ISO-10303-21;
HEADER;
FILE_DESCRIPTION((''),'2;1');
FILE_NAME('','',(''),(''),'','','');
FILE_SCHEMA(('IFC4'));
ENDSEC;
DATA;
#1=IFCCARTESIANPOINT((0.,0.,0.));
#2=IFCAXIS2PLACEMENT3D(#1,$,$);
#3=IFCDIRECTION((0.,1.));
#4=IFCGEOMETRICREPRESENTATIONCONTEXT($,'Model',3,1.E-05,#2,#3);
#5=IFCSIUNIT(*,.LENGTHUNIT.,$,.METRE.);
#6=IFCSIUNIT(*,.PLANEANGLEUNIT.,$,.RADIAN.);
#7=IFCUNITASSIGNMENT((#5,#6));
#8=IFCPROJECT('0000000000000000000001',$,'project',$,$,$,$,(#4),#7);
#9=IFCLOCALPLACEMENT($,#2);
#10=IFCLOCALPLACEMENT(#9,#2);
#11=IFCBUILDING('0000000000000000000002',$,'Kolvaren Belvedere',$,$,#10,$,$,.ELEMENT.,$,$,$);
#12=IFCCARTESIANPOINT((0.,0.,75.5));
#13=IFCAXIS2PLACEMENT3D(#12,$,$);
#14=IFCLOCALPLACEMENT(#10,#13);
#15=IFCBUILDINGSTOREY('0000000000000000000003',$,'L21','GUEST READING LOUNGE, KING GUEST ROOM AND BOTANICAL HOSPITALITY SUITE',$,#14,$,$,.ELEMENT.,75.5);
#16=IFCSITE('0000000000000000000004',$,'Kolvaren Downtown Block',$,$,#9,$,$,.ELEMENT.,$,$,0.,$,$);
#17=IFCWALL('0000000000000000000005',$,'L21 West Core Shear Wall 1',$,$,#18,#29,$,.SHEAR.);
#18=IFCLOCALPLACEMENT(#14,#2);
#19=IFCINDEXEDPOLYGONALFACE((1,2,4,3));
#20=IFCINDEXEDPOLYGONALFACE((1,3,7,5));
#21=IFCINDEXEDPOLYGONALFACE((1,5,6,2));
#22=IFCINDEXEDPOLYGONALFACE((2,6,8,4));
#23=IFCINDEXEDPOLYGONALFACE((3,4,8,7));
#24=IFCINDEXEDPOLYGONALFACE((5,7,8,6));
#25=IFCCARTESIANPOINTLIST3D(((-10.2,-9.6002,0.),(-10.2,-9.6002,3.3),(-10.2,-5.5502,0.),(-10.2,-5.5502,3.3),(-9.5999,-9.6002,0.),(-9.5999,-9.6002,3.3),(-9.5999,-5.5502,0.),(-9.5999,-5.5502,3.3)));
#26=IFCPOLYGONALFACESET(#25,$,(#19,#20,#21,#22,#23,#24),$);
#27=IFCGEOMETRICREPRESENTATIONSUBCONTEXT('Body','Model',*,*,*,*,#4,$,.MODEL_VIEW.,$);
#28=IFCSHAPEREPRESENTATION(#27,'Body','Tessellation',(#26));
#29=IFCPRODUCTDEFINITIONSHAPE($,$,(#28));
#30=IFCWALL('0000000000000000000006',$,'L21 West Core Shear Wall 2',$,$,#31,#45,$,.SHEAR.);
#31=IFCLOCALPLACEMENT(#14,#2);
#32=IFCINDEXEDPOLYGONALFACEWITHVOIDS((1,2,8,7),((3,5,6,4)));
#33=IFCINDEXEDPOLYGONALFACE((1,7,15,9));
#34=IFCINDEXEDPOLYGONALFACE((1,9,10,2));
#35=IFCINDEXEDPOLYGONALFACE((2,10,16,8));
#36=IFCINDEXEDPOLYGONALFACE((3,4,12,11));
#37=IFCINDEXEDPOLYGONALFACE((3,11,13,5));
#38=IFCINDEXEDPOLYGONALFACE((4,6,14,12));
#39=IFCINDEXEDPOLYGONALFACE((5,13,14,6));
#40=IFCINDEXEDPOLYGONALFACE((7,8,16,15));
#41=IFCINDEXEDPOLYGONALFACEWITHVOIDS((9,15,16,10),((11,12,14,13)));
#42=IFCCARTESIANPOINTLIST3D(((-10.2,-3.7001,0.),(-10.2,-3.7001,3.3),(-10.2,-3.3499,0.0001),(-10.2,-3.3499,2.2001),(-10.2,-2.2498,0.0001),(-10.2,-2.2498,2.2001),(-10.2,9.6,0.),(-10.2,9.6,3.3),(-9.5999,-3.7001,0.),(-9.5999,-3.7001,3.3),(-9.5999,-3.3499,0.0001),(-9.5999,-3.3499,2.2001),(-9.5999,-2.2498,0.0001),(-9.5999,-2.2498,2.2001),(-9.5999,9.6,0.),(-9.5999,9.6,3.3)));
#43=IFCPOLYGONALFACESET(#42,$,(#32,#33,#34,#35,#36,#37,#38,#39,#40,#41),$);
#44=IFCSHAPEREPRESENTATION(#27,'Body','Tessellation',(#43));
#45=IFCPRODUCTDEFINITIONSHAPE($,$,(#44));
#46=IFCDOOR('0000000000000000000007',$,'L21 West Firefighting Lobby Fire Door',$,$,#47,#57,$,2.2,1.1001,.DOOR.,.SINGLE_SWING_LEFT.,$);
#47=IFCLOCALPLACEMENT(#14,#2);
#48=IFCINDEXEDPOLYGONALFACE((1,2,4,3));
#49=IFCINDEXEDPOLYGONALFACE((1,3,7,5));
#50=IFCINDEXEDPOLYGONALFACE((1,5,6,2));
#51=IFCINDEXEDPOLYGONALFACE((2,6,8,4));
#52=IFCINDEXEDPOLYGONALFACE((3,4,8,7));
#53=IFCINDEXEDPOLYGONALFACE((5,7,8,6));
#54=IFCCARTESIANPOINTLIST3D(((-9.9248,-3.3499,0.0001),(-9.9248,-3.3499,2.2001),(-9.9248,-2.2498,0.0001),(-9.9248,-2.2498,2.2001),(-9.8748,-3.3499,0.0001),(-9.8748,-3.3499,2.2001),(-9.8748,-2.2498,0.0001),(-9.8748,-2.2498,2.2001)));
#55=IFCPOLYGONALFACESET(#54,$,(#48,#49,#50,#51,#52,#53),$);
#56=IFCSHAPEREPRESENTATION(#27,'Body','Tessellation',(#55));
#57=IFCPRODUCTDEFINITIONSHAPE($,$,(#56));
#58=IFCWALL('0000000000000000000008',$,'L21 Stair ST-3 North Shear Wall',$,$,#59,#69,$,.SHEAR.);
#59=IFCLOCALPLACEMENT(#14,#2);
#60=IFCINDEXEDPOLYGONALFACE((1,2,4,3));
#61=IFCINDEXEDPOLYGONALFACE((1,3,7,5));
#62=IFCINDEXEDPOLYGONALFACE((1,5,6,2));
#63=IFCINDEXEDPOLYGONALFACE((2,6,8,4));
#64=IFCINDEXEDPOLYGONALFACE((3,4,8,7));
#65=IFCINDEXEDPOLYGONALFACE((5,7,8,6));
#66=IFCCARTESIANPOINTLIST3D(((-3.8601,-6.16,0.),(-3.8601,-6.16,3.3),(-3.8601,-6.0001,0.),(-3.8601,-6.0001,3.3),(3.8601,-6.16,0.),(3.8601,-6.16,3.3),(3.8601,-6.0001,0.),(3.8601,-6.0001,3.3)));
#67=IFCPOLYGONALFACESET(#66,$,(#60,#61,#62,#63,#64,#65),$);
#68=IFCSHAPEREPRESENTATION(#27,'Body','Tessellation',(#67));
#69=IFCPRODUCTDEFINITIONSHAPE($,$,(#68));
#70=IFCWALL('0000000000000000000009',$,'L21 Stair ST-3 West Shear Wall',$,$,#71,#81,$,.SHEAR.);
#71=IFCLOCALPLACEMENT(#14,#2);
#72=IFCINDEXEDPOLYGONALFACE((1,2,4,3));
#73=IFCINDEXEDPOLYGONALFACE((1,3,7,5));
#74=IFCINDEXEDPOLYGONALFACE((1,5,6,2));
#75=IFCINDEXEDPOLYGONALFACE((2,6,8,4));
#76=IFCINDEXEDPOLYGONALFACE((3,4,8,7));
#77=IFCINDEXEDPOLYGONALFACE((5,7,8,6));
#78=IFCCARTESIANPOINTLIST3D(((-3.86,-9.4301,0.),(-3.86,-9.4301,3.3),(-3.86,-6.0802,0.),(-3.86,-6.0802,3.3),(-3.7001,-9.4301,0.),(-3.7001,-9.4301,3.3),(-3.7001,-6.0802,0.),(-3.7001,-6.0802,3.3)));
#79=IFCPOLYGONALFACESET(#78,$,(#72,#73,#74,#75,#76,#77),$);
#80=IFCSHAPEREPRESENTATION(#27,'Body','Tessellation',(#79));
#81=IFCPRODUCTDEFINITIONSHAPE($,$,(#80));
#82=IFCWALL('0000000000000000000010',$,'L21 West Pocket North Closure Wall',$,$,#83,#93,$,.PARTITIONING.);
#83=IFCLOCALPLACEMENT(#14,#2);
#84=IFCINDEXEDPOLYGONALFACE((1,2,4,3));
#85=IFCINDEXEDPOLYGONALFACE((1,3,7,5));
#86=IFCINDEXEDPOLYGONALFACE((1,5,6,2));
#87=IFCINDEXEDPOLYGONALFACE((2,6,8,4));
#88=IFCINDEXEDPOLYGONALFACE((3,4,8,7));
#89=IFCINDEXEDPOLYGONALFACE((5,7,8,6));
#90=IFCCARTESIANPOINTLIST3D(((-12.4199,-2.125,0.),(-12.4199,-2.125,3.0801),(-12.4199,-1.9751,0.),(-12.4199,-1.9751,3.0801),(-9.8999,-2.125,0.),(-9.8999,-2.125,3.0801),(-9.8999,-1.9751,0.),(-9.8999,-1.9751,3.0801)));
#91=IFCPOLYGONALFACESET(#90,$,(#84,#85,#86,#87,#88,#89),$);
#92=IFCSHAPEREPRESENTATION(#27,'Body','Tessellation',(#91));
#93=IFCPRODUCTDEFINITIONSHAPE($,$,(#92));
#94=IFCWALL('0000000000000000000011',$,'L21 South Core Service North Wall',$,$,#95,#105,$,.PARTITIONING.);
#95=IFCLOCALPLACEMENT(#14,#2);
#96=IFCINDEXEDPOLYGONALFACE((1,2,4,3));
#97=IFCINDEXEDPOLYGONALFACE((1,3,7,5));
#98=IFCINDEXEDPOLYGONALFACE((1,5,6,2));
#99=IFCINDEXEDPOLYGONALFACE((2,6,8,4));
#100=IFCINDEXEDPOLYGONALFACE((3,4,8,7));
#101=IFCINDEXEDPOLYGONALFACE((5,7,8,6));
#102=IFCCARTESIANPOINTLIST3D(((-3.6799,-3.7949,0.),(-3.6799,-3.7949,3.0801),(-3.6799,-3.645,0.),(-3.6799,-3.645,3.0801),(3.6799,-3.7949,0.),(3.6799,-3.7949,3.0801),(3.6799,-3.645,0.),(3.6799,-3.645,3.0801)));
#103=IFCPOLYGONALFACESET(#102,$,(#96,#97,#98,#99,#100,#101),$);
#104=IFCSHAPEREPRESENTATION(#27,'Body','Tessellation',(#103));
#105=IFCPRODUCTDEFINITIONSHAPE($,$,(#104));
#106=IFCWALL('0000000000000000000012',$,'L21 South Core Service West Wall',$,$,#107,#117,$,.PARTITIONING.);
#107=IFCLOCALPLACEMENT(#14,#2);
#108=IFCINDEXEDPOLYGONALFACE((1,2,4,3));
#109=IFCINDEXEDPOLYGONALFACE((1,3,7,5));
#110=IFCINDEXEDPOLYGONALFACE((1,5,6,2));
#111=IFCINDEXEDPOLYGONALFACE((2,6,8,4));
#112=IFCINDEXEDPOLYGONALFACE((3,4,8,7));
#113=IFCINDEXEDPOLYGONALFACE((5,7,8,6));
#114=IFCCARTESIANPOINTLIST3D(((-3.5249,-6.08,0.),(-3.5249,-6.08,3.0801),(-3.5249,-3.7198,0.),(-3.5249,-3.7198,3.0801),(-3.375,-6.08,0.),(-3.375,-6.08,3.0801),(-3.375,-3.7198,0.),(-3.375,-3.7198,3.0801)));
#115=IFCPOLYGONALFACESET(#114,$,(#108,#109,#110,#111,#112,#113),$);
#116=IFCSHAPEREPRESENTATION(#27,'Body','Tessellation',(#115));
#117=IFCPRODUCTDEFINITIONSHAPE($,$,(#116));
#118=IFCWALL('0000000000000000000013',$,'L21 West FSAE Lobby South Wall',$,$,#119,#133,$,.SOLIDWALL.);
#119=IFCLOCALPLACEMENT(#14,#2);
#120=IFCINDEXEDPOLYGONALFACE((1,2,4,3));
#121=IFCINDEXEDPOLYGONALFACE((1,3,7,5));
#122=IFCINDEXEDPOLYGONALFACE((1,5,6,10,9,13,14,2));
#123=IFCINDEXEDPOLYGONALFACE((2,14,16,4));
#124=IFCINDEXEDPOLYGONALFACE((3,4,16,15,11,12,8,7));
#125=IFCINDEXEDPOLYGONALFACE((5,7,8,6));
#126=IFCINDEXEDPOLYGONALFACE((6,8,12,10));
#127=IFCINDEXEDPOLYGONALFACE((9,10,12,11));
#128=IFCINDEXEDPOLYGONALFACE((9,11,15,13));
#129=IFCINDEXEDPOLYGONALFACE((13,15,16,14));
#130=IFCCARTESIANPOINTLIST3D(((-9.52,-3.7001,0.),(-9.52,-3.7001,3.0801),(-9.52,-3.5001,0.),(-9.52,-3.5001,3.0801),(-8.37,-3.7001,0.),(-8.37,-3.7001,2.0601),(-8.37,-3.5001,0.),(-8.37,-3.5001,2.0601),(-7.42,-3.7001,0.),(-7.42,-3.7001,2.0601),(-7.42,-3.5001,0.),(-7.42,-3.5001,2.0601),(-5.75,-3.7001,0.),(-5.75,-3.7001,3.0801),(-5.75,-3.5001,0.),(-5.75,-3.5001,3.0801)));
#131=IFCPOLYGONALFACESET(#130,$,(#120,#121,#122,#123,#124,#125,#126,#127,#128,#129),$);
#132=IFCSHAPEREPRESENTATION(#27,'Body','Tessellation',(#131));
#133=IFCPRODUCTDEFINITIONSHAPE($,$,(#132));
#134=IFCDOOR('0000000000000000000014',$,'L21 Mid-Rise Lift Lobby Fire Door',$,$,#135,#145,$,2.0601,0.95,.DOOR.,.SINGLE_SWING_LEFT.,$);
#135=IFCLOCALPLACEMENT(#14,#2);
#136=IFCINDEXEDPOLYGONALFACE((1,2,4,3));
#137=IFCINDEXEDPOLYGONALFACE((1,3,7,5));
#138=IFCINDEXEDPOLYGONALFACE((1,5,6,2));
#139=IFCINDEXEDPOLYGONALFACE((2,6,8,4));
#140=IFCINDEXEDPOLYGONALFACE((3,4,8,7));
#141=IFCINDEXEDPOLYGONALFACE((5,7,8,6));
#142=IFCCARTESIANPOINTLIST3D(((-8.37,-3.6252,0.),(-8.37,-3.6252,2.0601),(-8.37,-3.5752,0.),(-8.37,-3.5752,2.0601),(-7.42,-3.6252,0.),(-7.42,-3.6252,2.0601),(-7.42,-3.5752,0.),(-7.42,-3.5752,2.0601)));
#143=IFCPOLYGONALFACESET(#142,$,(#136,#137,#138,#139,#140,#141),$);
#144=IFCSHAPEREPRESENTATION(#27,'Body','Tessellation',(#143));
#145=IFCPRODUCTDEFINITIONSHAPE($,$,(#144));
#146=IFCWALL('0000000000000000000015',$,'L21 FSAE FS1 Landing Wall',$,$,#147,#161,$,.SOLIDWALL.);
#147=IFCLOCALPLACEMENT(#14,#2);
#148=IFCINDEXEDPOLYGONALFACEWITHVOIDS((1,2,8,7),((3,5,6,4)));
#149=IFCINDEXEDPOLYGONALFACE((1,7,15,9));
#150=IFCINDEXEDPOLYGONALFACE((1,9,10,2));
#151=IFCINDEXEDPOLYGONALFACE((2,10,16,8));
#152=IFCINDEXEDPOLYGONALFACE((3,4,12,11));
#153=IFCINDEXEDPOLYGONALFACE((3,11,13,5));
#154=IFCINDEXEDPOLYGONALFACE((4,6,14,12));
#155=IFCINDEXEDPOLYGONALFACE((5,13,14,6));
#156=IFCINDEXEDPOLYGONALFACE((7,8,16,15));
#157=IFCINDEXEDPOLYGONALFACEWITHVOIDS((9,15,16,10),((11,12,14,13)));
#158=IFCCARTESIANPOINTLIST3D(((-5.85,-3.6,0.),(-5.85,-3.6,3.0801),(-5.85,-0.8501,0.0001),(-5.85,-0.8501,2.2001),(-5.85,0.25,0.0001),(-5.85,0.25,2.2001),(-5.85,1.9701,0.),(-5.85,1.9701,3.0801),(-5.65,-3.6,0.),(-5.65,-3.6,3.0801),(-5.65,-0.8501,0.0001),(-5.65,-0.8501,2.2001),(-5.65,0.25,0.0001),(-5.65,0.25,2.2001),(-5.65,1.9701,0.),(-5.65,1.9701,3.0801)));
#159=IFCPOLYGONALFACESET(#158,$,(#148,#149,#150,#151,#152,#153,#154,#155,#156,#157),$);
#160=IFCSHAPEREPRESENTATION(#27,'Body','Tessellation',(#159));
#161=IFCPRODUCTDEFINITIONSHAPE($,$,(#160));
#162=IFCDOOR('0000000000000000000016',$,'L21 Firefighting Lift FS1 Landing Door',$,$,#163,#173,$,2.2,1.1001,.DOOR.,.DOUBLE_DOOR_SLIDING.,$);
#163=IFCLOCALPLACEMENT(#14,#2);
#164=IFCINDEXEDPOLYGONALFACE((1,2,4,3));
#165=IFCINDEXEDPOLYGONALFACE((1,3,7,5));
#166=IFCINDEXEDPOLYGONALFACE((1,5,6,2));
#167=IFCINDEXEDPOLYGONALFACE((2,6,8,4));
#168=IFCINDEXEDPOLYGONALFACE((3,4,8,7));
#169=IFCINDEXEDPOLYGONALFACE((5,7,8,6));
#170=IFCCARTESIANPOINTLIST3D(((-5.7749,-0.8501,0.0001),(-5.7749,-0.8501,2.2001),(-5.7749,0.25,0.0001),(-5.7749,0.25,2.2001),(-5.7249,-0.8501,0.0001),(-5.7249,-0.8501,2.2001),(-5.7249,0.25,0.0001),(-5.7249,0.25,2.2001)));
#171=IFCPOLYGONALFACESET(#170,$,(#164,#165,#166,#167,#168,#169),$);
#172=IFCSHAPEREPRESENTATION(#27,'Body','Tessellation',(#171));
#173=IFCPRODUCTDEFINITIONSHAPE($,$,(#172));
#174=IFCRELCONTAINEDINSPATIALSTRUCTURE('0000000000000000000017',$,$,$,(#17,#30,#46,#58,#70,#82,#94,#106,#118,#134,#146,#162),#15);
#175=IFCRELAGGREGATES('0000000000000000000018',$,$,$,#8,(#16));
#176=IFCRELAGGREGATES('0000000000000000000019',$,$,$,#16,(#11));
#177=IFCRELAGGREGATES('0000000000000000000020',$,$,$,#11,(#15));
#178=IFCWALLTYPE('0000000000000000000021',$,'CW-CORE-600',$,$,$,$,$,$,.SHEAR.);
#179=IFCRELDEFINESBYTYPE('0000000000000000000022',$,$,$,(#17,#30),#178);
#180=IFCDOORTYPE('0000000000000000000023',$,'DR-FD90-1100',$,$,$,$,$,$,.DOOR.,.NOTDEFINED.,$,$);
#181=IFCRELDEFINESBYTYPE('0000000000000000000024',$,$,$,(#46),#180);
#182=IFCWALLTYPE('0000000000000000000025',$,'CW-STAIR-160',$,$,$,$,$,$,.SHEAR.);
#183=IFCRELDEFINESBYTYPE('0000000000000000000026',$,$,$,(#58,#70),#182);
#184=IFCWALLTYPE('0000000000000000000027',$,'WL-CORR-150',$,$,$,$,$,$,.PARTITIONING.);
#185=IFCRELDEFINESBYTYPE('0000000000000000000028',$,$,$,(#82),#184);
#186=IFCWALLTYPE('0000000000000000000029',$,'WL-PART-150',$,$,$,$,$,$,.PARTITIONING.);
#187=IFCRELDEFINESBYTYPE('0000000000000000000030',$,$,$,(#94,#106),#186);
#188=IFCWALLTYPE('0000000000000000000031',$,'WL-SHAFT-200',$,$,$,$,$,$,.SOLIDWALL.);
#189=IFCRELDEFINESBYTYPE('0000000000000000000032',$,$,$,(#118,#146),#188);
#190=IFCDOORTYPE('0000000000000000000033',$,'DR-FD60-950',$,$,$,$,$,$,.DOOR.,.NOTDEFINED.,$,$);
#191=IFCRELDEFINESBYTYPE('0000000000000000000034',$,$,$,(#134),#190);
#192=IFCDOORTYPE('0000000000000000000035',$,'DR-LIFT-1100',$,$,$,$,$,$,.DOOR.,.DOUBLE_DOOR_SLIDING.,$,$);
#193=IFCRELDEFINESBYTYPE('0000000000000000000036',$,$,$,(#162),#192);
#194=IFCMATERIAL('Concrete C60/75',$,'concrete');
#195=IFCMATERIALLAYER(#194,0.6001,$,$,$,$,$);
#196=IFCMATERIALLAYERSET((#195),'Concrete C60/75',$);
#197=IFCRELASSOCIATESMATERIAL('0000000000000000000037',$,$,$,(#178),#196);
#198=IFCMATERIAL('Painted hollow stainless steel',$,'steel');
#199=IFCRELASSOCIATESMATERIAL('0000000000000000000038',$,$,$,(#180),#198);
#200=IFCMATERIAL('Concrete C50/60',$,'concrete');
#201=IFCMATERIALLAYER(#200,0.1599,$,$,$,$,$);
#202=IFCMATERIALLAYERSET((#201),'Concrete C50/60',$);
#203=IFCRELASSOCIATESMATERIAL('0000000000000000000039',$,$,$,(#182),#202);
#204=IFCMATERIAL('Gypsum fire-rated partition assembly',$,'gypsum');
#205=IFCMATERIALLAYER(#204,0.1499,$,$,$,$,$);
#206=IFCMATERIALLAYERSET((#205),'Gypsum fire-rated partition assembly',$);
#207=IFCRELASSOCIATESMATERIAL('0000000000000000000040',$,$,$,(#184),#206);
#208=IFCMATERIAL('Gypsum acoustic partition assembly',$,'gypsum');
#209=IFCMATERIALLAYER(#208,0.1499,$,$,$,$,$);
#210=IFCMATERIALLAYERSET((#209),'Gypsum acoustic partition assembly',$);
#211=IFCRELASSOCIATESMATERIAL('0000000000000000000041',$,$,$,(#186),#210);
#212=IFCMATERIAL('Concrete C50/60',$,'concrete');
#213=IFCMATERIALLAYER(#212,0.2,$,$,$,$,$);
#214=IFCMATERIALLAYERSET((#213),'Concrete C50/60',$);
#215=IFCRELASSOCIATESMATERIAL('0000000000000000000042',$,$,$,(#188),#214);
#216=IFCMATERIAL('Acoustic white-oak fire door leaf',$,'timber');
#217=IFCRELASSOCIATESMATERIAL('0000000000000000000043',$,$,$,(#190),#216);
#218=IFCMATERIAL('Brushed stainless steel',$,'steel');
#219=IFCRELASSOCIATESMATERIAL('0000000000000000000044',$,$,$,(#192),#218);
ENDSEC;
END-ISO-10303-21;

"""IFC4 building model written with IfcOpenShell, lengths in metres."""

from ifc_helpers import new_model, si_unit, direction, frame, frame_2d, origin, place, context, subcontext, project, spatial, rectangle, extrude, material, layer, layer_set, type_object, element, fill, save


model = new_model("IFC4")

# Units and contexts
model_context = context("Model", 3, precision=1e-05, world=origin(), true_north=direction((0.0, 1.0)))
body_context = subcontext(model_context, "Body", "Model", "MODEL_VIEW")
ifc_project = project(units=[si_unit("LENGTHUNIT", "METRE"), si_unit("PLANEANGLEUNIT", "RADIAN")], contexts=[model_context])

# Site, building, storey
site_placement = place(None, origin())
site = spatial("IfcSite", under=ifc_project, at=site_placement, Name="Kolvaren Downtown Block", CompositionType="ELEMENT", RefElevation=0.0)
building_placement = place(site_placement, origin())
building = spatial("IfcBuilding", under=site, at=building_placement, Name="Kolvaren Belvedere", CompositionType="ELEMENT")
storey_placement = place(building_placement, frame((0.0, 0.0, 75.5)))
storey = spatial("IfcBuildingStorey", under=building, at=storey_placement, Name="L21", Description="GUEST READING LOUNGE, KING GUEST ROOM AND BOTANICAL HOSPITALITY SUITE", CompositionType="ELEMENT", Elevation=75.5)

# Wall
ifc_material_1 = material(Name="Concrete C60/75", Category="concrete")
ifc_layer_1 = layer(ifc_material_1, 0.6001)
ifc_layer_set_1 = layer_set([ifc_layer_1], Name="Concrete C60/75")
wall_type_1 = type_object("IfcWallType", Name="CW-CORE-600", PredefinedType="SHEAR", material=ifc_layer_set_1)
wall_1_placement = place(storey_placement, frame((-9.8999, -9.6001, 0.0), z_axis=(0.0, 0.0, 1.0), x_axis=(0.0, 1.0, 0.0)))
element("IfcWall", 1, at=wall_1_placement, inside=storey, type_object=wall_type_1, Name="L21 West Core Shear Wall 1", PredefinedType="SHEAR", context=body_context, shape_type="SweptSolid", body=[
    extrude(rectangle(XDim=4.05, YDim=0.6001, at=frame_2d((2.0249, 0.0))), origin(), (0.0, 0.0, 1.0), 3.3),
])

# Wall, opening, door
wall_2_placement = place(storey_placement, frame((-9.8999, -3.7, 0.0), z_axis=(0.0, 0.0, 1.0), x_axis=(0.0, 1.0, 0.0)))
wall_2 = element("IfcWall", 2, at=wall_2_placement, inside=storey, type_object=wall_type_1, Name="L21 West Core Shear Wall 2", PredefinedType="SHEAR", context=body_context, shape_type="SweptSolid", body=[
    extrude(rectangle(XDim=13.3, YDim=0.6001, at=frame_2d((6.6499, 0.0))), origin(), (0.0, 0.0, 1.0), 3.3),
])
opening_1_placement = place(wall_2_placement, frame((0.3501, 0.0, 0.0)))
opening_1 = element("IfcOpeningElement", 3, at=opening_1_placement, cuts=wall_2, PredefinedType="OPENING", context=body_context, shape_type="SweptSolid", body=[
    extrude(rectangle(XDim=1.1001, YDim=2.2, at=frame_2d((0.55, 1.1001))), frame((0.0, 0.3101, 0.0), z_axis=(0.0, -1.0, 0.0), x_axis=(1.0, 0.0, 0.0)), (0.0, 0.0, 1.0), 0.6201),
])
ifc_material_2 = material(Name="Painted hollow stainless steel", Category="steel")
door_type_1 = type_object("IfcDoorType", Name="DR-FD90-1100", OperationType="NOTDEFINED", PredefinedType="DOOR", material=ifc_material_2)
door_1_placement = place(opening_1_placement, origin())
door_1 = element("IfcDoor", 4, at=door_1_placement, inside=storey, type_object=door_type_1, Name="L21 West Firefighting Lobby Fire Door", OperationType="SINGLE_SWING_LEFT", OverallHeight=2.2, OverallWidth=1.1001, PredefinedType="DOOR", context=body_context, shape_type="SweptSolid", body=[
    extrude(rectangle(XDim=1.1001, YDim=2.2, at=frame_2d((0.55, 1.1001))), frame((0.0, 0.0249, 0.0), z_axis=(0.0, -1.0, 0.0), x_axis=(1.0, 0.0, 0.0)), (0.0, 0.0, 1.0), 0.05),
])
fill(opening_1, door_1)

# Walls
ifc_material_3 = material(Name="Concrete C50/60", Category="concrete")
ifc_layer_2 = layer(ifc_material_3, 0.1599)
ifc_layer_set_2 = layer_set([ifc_layer_2], Name="Concrete C50/60")
wall_type_2 = type_object("IfcWallType", Name="CW-STAIR-160", PredefinedType="SHEAR", material=ifc_layer_set_2)
wall_3_placement = place(storey_placement, frame((-3.8601, -6.0801, 0.0), z_axis=(0.0, 0.0, 1.0), x_axis=(1.0, 0.0, 0.0)))
element("IfcWall", 5, at=wall_3_placement, inside=storey, type_object=wall_type_2, Name="L21 Stair ST-3 North Shear Wall", PredefinedType="SHEAR", context=body_context, shape_type="SweptSolid", body=[
    extrude(rectangle(XDim=7.7202, YDim=0.1599, at=frame_2d((3.8601, 0.0))), origin(), (0.0, 0.0, 1.0), 3.3),
])
wall_4_placement = place(storey_placement, frame((-3.78, -9.4299, 0.0), z_axis=(0.0, 0.0, 1.0), x_axis=(0.0, 1.0, 0.0)))
element("IfcWall", 6, at=wall_4_placement, inside=storey, type_object=wall_type_2, Name="L21 Stair ST-3 West Shear Wall", PredefinedType="SHEAR", context=body_context, shape_type="SweptSolid", body=[
    extrude(rectangle(XDim=3.3499, YDim=0.1599, at=frame_2d((1.6748, 0.0))), origin(), (0.0, 0.0, 1.0), 3.3),
])
ifc_material_4 = material(Name="Gypsum fire-rated partition assembly", Category="gypsum")
ifc_layer_3 = layer(ifc_material_4, 0.1499)
ifc_layer_set_3 = layer_set([ifc_layer_3], Name="Gypsum fire-rated partition assembly")
wall_type_3 = type_object("IfcWallType", Name="WL-CORR-150", PredefinedType="PARTITIONING", material=ifc_layer_set_3)
wall_5_placement = place(storey_placement, frame((-12.4199, -2.05, 0.0), z_axis=(0.0, 0.0, 1.0), x_axis=(1.0, 0.0, 0.0)))
element("IfcWall", 7, at=wall_5_placement, inside=storey, type_object=wall_type_3, Name="L21 West Pocket North Closure Wall", PredefinedType="PARTITIONING", context=body_context, shape_type="SweptSolid", body=[
    extrude(rectangle(XDim=2.52, YDim=0.1499, at=frame_2d((1.26, 0.0))), origin(), (0.0, 0.0, 1.0), 3.0801),
])
ifc_material_5 = material(Name="Gypsum acoustic partition assembly", Category="gypsum")
ifc_layer_4 = layer(ifc_material_5, 0.1499)
ifc_layer_set_4 = layer_set([ifc_layer_4], Name="Gypsum acoustic partition assembly")
wall_type_4 = type_object("IfcWallType", Name="WL-PART-150", PredefinedType="PARTITIONING", material=ifc_layer_set_4)
wall_6_placement = place(storey_placement, frame((-3.6799, -3.72, 0.0), z_axis=(0.0, 0.0, 1.0), x_axis=(1.0, 0.0, 0.0)))
element("IfcWall", 8, at=wall_6_placement, inside=storey, type_object=wall_type_4, Name="L21 South Core Service North Wall", PredefinedType="PARTITIONING", context=body_context, shape_type="SweptSolid", body=[
    extrude(rectangle(XDim=7.3599, YDim=0.1499, at=frame_2d((3.6799, 0.0))), origin(), (0.0, 0.0, 1.0), 3.0801),
])
wall_7_placement = place(storey_placement, frame((-3.45, -6.0801, 0.0), z_axis=(0.0, 0.0, 1.0), x_axis=(0.0, 1.0, 0.0)))
element("IfcWall", 9, at=wall_7_placement, inside=storey, type_object=wall_type_4, Name="L21 South Core Service West Wall", PredefinedType="PARTITIONING", context=body_context, shape_type="SweptSolid", body=[
    extrude(rectangle(XDim=2.3601, YDim=0.1499, at=frame_2d((1.1802, 0.0))), origin(), (0.0, 0.0, 1.0), 3.0801),
])

# Walls, openings, doors
ifc_material_6 = material(Name="Concrete C50/60", Category="concrete")
ifc_layer_5 = layer(ifc_material_6, 0.2)
ifc_layer_set_5 = layer_set([ifc_layer_5], Name="Concrete C50/60")
wall_type_5 = type_object("IfcWallType", Name="WL-SHAFT-200", PredefinedType="SOLIDWALL", material=ifc_layer_set_5)
wall_8_placement = place(storey_placement, frame((-9.52, -3.6001, 0.0), z_axis=(0.0, 0.0, 1.0), x_axis=(1.0, 0.0, 0.0)))
wall_8 = element("IfcWall", 10, at=wall_8_placement, inside=storey, type_object=wall_type_5, Name="L21 West FSAE Lobby South Wall", PredefinedType="SOLIDWALL", context=body_context, shape_type="SweptSolid", body=[
    extrude(rectangle(XDim=3.77, YDim=0.2, at=frame_2d((1.885, 0.0))), origin(), (0.0, 0.0, 1.0), 3.0801),
])
opening_2_placement = place(wall_8_placement, frame((1.1499, 0.0, 0.0)))
opening_2 = element("IfcOpeningElement", 11, at=opening_2_placement, cuts=wall_8, PredefinedType="OPENING", context=body_context, shape_type="SweptSolid", body=[
    extrude(rectangle(XDim=0.95, YDim=2.0601, at=frame_2d((0.4751, 1.03))), frame((0.0, 0.1099, 0.0), z_axis=(0.0, -1.0, 0.0), x_axis=(1.0, 0.0, 0.0)), (0.0, 0.0, 1.0), 0.22),
])
ifc_material_7 = material(Name="Acoustic white-oak fire door leaf", Category="timber")
door_type_2 = type_object("IfcDoorType", Name="DR-FD60-950", OperationType="NOTDEFINED", PredefinedType="DOOR", material=ifc_material_7)
door_2_placement = place(opening_2_placement, origin())
door_2 = element("IfcDoor", 12, at=door_2_placement, inside=storey, type_object=door_type_2, Name="L21 Mid-Rise Lift Lobby Fire Door", OperationType="SINGLE_SWING_LEFT", OverallHeight=2.0601, OverallWidth=0.95, PredefinedType="DOOR", context=body_context, shape_type="SweptSolid", body=[
    extrude(rectangle(XDim=0.95, YDim=2.0601, at=frame_2d((0.4751, 1.03))), frame((0.0, 0.0249, 0.0), z_axis=(0.0, -1.0, 0.0), x_axis=(1.0, 0.0, 0.0)), (0.0, 0.0, 1.0), 0.05),
])
fill(opening_2, door_2)
wall_9_placement = place(storey_placement, frame((-5.75, -3.6001, 0.0), z_axis=(0.0, 0.0, 1.0), x_axis=(0.0, 1.0, 0.0)))
wall_9 = element("IfcWall", 13, at=wall_9_placement, inside=storey, type_object=wall_type_5, Name="L21 FSAE FS1 Landing Wall", PredefinedType="SOLIDWALL", context=body_context, shape_type="SweptSolid", body=[
    extrude(rectangle(XDim=5.5701, YDim=0.2, at=frame_2d((2.7852, 0.0))), origin(), (0.0, 0.0, 1.0), 3.0801),
])
opening_3_placement = place(wall_9_placement, frame((2.75, 0.0, 0.0)))
opening_3 = element("IfcOpeningElement", 14, at=opening_3_placement, cuts=wall_9, PredefinedType="OPENING", context=body_context, shape_type="SweptSolid", body=[
    extrude(rectangle(XDim=1.1001, YDim=2.2, at=frame_2d((0.55, 1.1001))), frame((0.0, 0.1099, 0.0), z_axis=(0.0, -1.0, 0.0), x_axis=(1.0, 0.0, 0.0)), (0.0, 0.0, 1.0), 0.22),
])
ifc_material_8 = material(Name="Brushed stainless steel", Category="steel")
door_type_3 = type_object("IfcDoorType", Name="DR-LIFT-1100", OperationType="DOUBLE_DOOR_SLIDING", PredefinedType="DOOR", material=ifc_material_8)
door_3_placement = place(opening_3_placement, origin())
door_3 = element("IfcDoor", 15, at=door_3_placement, inside=storey, type_object=door_type_3, Name="L21 Firefighting Lift FS1 Landing Door", OperationType="DOUBLE_DOOR_SLIDING", OverallHeight=2.2, OverallWidth=1.1001, PredefinedType="DOOR", context=body_context, shape_type="SweptSolid", body=[
    extrude(rectangle(XDim=1.1001, YDim=2.2, at=frame_2d((0.55, 1.1001))), frame((0.0, 0.0249, 0.0), z_axis=(0.0, -1.0, 0.0), x_axis=(1.0, 0.0, 0.0)), (0.0, 0.0, 1.0), 0.05),
])
fill(opening_3, door_3)

save(model, "model.ifc")
